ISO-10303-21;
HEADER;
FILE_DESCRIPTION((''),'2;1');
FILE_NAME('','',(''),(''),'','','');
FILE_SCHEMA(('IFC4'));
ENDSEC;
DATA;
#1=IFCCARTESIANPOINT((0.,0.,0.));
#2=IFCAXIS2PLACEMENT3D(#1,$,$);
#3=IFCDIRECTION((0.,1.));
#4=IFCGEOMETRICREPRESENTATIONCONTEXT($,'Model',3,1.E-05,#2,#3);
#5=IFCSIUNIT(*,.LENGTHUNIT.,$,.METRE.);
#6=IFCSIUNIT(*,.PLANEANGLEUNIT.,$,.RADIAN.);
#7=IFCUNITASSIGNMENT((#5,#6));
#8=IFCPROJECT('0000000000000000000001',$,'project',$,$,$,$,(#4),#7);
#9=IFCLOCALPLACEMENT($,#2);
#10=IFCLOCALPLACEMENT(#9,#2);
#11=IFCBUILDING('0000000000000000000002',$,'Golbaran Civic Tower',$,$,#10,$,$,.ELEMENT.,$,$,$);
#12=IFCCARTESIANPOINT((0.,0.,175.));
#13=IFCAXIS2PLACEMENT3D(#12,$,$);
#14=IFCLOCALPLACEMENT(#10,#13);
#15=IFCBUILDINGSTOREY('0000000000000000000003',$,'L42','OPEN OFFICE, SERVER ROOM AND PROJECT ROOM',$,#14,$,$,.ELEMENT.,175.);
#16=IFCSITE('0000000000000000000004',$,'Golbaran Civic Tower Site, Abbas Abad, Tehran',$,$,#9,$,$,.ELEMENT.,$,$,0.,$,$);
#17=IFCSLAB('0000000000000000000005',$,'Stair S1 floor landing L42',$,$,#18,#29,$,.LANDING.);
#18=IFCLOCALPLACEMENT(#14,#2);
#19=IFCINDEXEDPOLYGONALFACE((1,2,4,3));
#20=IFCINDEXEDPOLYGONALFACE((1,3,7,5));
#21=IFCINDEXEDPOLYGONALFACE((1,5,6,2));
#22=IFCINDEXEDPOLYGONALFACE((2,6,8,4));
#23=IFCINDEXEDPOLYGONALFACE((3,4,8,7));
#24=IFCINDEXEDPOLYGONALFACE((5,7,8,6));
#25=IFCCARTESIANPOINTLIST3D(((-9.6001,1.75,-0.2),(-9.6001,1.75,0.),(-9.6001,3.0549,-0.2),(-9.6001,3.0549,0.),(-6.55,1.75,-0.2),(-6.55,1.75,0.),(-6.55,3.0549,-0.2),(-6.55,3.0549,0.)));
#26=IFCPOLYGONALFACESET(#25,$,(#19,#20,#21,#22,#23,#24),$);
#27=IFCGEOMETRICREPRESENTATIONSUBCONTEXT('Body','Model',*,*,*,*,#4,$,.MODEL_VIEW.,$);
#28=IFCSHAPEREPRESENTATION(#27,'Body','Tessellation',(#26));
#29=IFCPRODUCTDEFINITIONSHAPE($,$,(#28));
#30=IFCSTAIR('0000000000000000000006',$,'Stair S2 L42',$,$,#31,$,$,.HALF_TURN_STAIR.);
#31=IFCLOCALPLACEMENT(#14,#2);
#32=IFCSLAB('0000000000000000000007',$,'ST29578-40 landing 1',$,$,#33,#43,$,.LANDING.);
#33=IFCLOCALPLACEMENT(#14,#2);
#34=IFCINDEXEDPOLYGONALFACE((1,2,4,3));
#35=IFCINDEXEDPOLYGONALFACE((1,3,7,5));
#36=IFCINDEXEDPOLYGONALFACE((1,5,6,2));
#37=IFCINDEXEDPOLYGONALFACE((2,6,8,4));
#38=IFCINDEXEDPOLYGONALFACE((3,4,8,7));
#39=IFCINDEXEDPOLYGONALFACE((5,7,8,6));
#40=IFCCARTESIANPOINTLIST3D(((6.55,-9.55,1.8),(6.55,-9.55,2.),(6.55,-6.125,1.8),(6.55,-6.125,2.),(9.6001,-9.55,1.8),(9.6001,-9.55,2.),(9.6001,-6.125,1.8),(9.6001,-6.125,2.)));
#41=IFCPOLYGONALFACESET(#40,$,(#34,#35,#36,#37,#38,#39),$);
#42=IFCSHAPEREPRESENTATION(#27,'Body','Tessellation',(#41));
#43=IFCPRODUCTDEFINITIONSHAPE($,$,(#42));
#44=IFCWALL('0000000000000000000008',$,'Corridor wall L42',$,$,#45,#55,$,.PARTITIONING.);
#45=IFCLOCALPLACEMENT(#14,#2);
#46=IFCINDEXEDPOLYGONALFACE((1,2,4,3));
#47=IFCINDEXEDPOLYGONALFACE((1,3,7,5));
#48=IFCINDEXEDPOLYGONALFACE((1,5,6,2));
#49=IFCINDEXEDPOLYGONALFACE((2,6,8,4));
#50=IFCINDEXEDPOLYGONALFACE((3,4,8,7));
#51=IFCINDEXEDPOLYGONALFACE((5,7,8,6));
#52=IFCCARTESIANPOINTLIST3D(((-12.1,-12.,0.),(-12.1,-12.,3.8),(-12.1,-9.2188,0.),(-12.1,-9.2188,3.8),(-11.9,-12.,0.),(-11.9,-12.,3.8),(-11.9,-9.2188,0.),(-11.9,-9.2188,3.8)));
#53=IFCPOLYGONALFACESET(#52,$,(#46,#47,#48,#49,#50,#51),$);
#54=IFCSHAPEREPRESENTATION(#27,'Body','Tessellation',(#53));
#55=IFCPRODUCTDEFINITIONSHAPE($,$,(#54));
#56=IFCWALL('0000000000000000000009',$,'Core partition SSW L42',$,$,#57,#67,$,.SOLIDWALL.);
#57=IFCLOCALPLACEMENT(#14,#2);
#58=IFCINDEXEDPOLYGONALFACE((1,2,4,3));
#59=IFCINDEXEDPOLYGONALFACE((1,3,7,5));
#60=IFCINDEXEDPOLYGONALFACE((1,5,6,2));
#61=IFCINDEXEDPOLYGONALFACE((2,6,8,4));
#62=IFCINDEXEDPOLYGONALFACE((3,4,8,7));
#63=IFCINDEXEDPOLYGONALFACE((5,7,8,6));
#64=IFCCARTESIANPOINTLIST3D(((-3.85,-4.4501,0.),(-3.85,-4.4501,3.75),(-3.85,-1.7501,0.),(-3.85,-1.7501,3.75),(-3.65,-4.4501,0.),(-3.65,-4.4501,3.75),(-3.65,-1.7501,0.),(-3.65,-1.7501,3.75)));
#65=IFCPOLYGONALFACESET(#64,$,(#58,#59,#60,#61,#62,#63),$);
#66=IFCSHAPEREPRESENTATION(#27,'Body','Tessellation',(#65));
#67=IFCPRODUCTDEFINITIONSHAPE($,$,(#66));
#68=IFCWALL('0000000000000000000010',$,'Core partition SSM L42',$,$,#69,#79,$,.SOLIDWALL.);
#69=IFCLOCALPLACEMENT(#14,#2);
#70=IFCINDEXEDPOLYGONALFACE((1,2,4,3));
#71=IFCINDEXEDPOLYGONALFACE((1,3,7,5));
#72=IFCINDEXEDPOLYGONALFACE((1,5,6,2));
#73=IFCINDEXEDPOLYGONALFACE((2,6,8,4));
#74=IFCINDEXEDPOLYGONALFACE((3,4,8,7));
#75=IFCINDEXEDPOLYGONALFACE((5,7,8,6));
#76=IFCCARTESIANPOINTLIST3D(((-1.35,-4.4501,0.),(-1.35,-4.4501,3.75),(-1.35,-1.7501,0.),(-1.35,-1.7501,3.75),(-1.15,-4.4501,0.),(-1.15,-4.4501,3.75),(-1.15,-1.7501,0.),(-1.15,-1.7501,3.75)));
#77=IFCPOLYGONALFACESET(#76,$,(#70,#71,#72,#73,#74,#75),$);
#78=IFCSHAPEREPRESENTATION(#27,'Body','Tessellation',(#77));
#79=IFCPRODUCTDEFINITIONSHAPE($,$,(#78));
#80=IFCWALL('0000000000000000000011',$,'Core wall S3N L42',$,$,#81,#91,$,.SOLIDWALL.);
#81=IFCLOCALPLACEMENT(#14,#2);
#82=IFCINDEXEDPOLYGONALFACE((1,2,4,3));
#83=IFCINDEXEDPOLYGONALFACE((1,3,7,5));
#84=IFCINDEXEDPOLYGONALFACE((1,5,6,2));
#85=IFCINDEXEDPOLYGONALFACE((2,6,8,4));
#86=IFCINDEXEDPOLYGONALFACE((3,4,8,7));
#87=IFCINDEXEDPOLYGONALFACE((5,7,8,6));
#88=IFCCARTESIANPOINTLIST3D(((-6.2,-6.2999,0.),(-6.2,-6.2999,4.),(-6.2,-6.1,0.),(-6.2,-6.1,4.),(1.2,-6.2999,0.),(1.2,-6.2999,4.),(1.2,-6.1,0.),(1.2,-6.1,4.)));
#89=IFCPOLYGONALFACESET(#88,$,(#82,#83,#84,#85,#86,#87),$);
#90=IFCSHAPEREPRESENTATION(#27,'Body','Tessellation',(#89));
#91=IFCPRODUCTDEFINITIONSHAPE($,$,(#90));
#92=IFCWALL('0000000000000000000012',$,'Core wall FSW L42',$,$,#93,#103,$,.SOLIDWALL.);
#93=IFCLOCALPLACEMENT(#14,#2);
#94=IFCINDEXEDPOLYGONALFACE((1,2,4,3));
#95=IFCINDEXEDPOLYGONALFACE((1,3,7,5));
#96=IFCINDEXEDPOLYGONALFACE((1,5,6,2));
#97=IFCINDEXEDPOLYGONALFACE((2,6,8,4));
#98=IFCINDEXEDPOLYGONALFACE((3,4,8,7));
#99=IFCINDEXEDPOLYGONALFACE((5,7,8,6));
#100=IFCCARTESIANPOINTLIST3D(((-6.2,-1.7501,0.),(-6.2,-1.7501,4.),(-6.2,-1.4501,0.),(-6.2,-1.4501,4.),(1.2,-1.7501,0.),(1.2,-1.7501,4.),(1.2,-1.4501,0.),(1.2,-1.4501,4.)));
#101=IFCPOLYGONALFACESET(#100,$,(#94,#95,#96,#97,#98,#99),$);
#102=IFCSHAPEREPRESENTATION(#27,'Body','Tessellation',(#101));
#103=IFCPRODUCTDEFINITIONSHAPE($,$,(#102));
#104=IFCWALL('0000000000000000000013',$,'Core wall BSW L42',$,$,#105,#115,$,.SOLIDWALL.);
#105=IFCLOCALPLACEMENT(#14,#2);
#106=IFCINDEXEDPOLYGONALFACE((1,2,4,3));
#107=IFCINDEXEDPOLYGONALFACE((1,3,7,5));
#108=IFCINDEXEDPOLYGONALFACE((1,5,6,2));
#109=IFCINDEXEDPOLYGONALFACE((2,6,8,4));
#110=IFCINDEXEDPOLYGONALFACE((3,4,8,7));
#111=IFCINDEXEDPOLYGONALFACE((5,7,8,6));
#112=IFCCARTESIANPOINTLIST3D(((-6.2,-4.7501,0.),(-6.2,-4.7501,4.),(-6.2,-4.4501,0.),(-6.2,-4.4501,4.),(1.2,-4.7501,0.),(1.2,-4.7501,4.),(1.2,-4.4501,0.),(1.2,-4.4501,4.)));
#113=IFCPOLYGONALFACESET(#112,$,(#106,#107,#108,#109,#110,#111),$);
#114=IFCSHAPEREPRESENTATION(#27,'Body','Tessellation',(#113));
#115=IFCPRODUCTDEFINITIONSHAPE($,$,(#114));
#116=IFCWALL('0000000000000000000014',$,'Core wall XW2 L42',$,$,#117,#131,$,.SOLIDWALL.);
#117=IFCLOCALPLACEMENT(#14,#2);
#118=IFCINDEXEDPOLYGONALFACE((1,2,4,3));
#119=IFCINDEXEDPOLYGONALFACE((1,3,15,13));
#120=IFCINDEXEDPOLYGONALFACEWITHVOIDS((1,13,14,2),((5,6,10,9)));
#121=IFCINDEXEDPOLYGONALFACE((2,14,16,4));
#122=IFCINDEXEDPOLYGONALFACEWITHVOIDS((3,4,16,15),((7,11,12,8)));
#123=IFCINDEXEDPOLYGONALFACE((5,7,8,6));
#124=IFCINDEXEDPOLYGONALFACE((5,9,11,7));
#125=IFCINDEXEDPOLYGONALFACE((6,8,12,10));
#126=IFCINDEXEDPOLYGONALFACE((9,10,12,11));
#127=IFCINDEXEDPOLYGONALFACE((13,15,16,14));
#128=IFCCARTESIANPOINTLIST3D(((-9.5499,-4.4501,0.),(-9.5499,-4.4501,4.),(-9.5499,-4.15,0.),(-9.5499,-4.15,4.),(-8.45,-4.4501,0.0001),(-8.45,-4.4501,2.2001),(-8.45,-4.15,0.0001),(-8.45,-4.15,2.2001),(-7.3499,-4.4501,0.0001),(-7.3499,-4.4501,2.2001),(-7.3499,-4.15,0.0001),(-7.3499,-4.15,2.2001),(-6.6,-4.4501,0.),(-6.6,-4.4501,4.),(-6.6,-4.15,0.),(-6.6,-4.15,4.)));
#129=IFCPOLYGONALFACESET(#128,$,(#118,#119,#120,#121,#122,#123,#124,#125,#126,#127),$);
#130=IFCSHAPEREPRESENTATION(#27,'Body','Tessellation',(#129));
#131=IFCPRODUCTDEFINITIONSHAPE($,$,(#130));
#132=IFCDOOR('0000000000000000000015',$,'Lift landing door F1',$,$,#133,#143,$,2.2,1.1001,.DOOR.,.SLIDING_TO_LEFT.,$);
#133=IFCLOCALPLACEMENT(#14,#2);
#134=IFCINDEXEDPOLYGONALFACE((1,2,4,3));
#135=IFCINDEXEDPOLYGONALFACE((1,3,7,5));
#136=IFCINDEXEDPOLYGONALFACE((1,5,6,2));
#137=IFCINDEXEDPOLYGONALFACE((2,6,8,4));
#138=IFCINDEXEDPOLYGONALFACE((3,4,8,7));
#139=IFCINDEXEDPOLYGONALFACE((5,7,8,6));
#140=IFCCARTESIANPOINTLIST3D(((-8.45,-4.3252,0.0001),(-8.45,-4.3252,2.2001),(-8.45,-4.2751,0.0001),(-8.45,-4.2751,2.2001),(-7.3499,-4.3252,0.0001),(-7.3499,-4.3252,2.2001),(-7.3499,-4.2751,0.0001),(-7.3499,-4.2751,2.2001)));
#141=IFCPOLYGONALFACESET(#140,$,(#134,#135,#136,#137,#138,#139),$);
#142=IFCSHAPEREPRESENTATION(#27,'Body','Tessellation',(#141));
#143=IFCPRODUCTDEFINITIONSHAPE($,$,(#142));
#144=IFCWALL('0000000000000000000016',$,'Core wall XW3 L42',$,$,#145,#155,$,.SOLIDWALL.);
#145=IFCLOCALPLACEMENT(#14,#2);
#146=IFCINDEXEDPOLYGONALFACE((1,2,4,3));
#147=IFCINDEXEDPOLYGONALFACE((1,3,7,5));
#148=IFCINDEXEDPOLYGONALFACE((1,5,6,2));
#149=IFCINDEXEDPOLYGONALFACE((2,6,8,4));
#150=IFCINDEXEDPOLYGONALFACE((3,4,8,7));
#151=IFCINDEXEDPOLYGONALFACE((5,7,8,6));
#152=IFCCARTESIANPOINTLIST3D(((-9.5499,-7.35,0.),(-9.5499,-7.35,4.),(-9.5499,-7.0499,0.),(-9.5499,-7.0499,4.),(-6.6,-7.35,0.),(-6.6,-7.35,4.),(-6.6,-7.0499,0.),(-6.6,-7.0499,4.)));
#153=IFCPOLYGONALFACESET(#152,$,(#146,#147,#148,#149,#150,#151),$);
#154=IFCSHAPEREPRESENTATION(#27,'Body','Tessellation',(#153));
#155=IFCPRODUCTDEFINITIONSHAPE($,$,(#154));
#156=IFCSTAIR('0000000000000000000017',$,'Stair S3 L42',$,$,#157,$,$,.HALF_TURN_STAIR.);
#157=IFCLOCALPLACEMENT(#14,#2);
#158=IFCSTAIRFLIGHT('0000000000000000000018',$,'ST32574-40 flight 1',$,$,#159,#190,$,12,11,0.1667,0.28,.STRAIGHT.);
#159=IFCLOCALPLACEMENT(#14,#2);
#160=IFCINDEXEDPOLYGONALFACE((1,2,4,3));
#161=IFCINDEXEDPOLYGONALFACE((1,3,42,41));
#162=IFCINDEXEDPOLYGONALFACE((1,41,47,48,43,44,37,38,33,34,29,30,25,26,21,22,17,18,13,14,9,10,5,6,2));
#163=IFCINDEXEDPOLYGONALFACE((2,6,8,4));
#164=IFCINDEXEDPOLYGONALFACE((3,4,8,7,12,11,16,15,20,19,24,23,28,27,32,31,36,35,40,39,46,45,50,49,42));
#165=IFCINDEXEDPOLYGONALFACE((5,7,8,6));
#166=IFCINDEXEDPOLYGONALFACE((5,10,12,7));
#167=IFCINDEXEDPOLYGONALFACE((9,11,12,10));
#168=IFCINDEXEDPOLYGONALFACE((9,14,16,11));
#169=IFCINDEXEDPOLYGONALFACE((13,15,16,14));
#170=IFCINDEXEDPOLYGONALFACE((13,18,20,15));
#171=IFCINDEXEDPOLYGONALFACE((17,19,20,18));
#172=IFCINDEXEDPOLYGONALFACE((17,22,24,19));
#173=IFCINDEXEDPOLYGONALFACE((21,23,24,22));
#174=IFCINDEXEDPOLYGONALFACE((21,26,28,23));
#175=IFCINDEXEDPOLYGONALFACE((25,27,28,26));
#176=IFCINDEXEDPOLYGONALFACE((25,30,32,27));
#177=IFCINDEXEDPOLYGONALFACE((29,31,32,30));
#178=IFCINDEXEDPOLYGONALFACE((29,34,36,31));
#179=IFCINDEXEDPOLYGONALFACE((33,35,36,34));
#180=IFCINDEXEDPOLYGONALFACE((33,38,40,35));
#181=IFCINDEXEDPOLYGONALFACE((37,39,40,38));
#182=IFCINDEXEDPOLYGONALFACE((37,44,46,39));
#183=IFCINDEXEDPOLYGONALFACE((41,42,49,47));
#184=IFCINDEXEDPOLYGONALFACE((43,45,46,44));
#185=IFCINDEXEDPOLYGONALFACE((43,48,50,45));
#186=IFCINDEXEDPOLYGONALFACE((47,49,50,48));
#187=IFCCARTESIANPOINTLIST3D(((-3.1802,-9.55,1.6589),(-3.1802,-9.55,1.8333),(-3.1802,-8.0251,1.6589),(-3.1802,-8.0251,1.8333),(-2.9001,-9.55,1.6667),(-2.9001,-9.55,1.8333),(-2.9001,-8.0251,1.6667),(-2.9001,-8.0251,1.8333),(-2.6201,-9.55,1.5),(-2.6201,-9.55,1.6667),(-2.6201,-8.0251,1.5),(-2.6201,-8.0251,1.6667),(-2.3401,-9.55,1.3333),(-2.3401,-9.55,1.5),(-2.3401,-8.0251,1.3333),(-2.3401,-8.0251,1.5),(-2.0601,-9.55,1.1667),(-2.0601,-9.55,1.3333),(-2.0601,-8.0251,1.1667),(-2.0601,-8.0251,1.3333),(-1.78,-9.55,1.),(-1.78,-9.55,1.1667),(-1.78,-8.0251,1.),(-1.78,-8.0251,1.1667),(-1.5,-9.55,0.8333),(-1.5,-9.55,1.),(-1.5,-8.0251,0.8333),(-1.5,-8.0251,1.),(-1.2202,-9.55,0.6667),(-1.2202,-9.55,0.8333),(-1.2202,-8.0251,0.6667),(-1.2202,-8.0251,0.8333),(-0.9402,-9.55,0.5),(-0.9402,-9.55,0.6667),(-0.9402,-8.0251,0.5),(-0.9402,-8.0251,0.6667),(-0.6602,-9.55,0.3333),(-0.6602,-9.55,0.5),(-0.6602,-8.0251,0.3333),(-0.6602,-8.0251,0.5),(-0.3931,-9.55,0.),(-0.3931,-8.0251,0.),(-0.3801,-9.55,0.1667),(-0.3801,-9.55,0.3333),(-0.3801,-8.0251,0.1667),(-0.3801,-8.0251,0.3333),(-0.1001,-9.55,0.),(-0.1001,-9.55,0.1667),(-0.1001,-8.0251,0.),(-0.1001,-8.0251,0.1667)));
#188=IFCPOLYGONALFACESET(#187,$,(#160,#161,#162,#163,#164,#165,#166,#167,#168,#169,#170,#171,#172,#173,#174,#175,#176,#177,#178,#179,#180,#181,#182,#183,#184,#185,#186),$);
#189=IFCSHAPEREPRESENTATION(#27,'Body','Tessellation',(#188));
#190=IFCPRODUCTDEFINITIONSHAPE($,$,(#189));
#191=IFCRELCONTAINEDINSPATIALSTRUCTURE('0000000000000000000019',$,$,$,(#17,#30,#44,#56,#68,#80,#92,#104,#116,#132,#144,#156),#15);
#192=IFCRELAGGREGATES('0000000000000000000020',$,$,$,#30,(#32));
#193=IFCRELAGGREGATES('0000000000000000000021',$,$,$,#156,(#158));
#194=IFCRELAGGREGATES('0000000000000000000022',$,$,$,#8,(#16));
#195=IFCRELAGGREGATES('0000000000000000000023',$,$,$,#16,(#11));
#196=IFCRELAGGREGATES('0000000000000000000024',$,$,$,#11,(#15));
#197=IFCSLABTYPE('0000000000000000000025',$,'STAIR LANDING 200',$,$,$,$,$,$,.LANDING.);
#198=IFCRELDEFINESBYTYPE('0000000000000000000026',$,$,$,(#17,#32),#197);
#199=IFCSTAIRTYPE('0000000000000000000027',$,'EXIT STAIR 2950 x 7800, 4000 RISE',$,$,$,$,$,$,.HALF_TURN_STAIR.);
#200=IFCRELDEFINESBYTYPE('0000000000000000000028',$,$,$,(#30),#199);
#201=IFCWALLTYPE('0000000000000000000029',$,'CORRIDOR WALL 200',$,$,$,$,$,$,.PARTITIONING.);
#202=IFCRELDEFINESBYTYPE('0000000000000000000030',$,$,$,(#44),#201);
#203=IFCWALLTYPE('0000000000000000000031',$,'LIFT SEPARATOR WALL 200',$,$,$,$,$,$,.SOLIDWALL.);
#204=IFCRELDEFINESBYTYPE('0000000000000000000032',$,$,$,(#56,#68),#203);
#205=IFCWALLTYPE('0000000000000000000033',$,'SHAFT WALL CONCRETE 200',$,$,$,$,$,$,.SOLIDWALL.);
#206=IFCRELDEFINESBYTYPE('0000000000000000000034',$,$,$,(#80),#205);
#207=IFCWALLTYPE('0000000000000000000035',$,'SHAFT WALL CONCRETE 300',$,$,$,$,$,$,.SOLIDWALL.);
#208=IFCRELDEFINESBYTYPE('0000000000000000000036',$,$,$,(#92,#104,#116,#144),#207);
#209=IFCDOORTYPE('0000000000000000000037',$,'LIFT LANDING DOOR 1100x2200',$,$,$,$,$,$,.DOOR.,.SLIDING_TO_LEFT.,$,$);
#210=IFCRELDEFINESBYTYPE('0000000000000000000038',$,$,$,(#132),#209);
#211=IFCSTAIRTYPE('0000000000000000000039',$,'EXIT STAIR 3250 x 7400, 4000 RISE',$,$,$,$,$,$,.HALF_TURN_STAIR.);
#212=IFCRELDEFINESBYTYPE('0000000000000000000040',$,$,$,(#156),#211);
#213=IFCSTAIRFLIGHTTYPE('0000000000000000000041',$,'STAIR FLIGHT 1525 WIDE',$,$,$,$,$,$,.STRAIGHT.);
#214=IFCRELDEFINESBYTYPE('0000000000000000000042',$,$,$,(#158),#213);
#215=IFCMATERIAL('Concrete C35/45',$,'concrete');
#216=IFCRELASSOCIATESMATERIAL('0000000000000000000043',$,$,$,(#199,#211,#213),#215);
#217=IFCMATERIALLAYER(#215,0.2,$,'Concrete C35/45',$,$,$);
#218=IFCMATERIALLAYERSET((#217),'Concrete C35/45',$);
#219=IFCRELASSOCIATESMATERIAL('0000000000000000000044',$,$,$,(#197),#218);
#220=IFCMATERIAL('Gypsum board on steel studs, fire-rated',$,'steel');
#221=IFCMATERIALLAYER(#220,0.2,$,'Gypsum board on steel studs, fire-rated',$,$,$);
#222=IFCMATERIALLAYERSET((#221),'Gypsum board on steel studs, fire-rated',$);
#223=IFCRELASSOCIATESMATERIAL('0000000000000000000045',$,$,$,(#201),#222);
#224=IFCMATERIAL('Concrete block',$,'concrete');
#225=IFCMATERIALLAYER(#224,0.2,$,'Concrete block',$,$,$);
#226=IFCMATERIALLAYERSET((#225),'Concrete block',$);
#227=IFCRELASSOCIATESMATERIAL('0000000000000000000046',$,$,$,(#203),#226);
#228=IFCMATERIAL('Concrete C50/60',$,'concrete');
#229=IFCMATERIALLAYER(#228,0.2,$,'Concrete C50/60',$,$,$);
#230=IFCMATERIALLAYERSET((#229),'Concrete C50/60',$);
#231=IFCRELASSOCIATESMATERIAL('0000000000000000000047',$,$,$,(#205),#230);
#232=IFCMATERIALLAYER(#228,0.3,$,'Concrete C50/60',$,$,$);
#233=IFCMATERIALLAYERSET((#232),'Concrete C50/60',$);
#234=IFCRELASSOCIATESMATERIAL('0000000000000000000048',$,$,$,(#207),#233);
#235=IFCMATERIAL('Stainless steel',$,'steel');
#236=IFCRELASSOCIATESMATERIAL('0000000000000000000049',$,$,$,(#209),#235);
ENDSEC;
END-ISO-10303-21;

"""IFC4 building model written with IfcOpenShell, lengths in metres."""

from ifc_helpers import new_model, si_unit, direction, frame, frame_2d, origin, place, context, subcontext, project, spatial, polyline, rectangle, outline, extrude, material, layer, layer_set, type_object, element, fill, aggregate, save


model = new_model("IFC4")

# Units and contexts
model_context = context("Model", 3, precision=1e-05, world=origin(), true_north=direction((0.0, 1.0)))
body_context = subcontext(model_context, "Body", "Model", "MODEL_VIEW")
ifc_project = project(units=[si_unit("LENGTHUNIT", "METRE"), si_unit("PLANEANGLEUNIT", "RADIAN")], contexts=[model_context])

# Site, building, storey
site_placement = place(None, origin())
site = spatial("IfcSite", under=ifc_project, at=site_placement, Name="Golbaran Civic Tower Site, Abbas Abad, Tehran", CompositionType="ELEMENT", RefElevation=0.0)
building_placement = place(site_placement, origin())
building = spatial("IfcBuilding", under=site, at=building_placement, Name="Golbaran Civic Tower", CompositionType="ELEMENT")
storey_placement = place(building_placement, frame((0.0, 0.0, 175.0)))
storey = spatial("IfcBuildingStorey", under=building, at=storey_placement, Name="L42", Description="OPEN OFFICE, SERVER ROOM AND PROJECT ROOM", CompositionType="ELEMENT", Elevation=175.0)

# Shared definitions
ifc_material_1 = material(Name="Concrete C35/45", Category="concrete")

# Shared definitions
stair_type_1 = type_object("IfcStairType", Name="EXIT STAIR 2950 x 7800, 4000 RISE", PredefinedType="HALF_TURN_STAIR", material=ifc_material_1)
ifc_layer_1 = layer(ifc_material_1, 0.2, Name="Concrete C35/45")
ifc_layer_set_1 = layer_set([ifc_layer_1], Name="Concrete C35/45")
slab_type_1 = type_object("IfcSlabType", Name="STAIR LANDING 200", PredefinedType="LANDING", material=ifc_layer_set_1)

# Slab
slab_1_placement = place(storey_placement, frame((0.0, 0.0, -0.2)))
element("IfcSlab", 1, at=slab_1_placement, inside=storey, type_object=slab_type_1, Name="Stair S1 floor landing L42", PredefinedType="LANDING", context=body_context, shape_type="SweptSolid", body=[
    extrude(outline(polyline([(-9.6001, 1.75), (-9.6001, 3.0549), (-6.55, 3.0549), (-6.55, 1.75), (-9.6001, 1.75)])), origin(), (0.0, 0.0, 1.0), 0.2),
])

# Stair, slab
stair_1_placement = place(storey_placement, origin())
stair_1 = element("IfcStair", 2, at=stair_1_placement, inside=storey, type_object=stair_type_1, Name="Stair S2 L42", PredefinedType="HALF_TURN_STAIR")
slab_2_placement = place(storey_placement, frame((0.0, 0.0, 1.8)))
slab_2 = element("IfcSlab", 3, at=slab_2_placement, type_object=slab_type_1, Name="ST29578-40 landing 1", PredefinedType="LANDING", context=body_context, shape_type="SweptSolid", body=[
    extrude(outline(polyline([(9.6001, -6.125), (9.6001, -9.55), (6.55, -9.55), (6.55, -6.125), (9.6001, -6.125)])), origin(), (0.0, 0.0, 1.0), 0.2),
])
aggregate(stair_1, [slab_2])

# Walls
ifc_material_2 = material(Name="Gypsum board on steel studs, fire-rated", Category="steel")
ifc_layer_2 = layer(ifc_material_2, 0.2, Name="Gypsum board on steel studs, fire-rated")
ifc_layer_set_2 = layer_set([ifc_layer_2], Name="Gypsum board on steel studs, fire-rated")
wall_type_1 = type_object("IfcWallType", Name="CORRIDOR WALL 200", PredefinedType="PARTITIONING", material=ifc_layer_set_2)
wall_1_placement = place(storey_placement, frame((-12.0, -9.2188, 0.0), z_axis=(0.0, 0.0, 1.0), x_axis=(0.0, -1.0, 0.0)))
element("IfcWall", 4, at=wall_1_placement, inside=storey, type_object=wall_type_1, Name="Corridor wall L42", PredefinedType="PARTITIONING", context=body_context, shape_type="SweptSolid", body=[
    extrude(rectangle(XDim=2.7812, YDim=0.2, at=frame_2d((1.3906, 0.0))), origin(), (0.0, 0.0, 1.0), 3.8),
])
ifc_material_3 = material(Name="Concrete block", Category="concrete")
ifc_layer_3 = layer(ifc_material_3, 0.2, Name="Concrete block")
ifc_layer_set_3 = layer_set([ifc_layer_3], Name="Concrete block")
wall_type_2 = type_object("IfcWallType", Name="LIFT SEPARATOR WALL 200", PredefinedType="SOLIDWALL", material=ifc_layer_set_3)
for number, where, z_axis, x_axis, name in (
    (5, (-3.75, -1.75, 0.0), (0.0, 0.0, 1.0), (0.0, -1.0, 0.0), "Core partition SSW L42"),
    (6, (-1.25, -1.75, 0.0), (0.0, 0.0, 1.0), (0.0, -1.0, 0.0), "Core partition SSM L42"),
):
    element("IfcWall", number, at=place(storey_placement, frame(where, z_axis=z_axis, x_axis=x_axis)), inside=storey, type_object=wall_type_2, Name=name, PredefinedType="SOLIDWALL", context=body_context, shape_type="SweptSolid", body=[
        extrude(rectangle(XDim=2.7, YDim=0.2, at=frame_2d((1.3501, 0.0))), origin(), (0.0, 0.0, 1.0), 3.75),
    ])
ifc_material_4 = material(Name="Concrete C50/60", Category="concrete")
ifc_layer_4 = layer(ifc_material_4, 0.2, Name="Concrete C50/60")
ifc_layer_set_4 = layer_set([ifc_layer_4], Name="Concrete C50/60")
wall_type_3 = type_object("IfcWallType", Name="SHAFT WALL CONCRETE 200", PredefinedType="SOLIDWALL", material=ifc_layer_set_4)
wall_2_placement = place(storey_placement, frame((-6.2, -6.2, 0.0), z_axis=(0.0, 0.0, 1.0), x_axis=(1.0, 0.0, 0.0)))
element("IfcWall", 7, at=wall_2_placement, inside=storey, type_object=wall_type_3, Name="Core wall S3N L42", PredefinedType="SOLIDWALL", context=body_context, shape_type="SweptSolid", body=[
    extrude(rectangle(XDim=7.3999, YDim=0.2, at=frame_2d((3.7, 0.0))), origin(), (0.0, 0.0, 1.0), 4.0),
])
ifc_layer_5 = layer(ifc_material_4, 0.3, Name="Concrete C50/60")
ifc_layer_set_5 = layer_set([ifc_layer_5], Name="Concrete C50/60")
wall_type_4 = type_object("IfcWallType", Name="SHAFT WALL CONCRETE 300", PredefinedType="SOLIDWALL", material=ifc_layer_set_5)
for number, where, z_axis, x_axis, name in (
    (8, (-6.2, -1.6001, 0.0), (0.0, 0.0, 1.0), (1.0, 0.0, 0.0), "Core wall FSW L42"),
    (9, (-6.2, -4.6001, 0.0), (0.0, 0.0, 1.0), (1.0, 0.0, 0.0), "Core wall BSW L42"),
):
    element("IfcWall", number, at=place(storey_placement, frame(where, z_axis=z_axis, x_axis=x_axis)), inside=storey, type_object=wall_type_4, Name=name, PredefinedType="SOLIDWALL", context=body_context, shape_type="SweptSolid", body=[
        extrude(rectangle(XDim=7.3999, YDim=0.3, at=frame_2d((3.7, 0.0))), origin(), (0.0, 0.0, 1.0), 4.0),
    ])

# Wall, opening, door
wall_3_placement = place(storey_placement, frame((-9.55, -4.3, 0.0), z_axis=(0.0, 0.0, 1.0), x_axis=(1.0, 0.0, 0.0)))
wall_3 = element("IfcWall", 10, at=wall_3_placement, inside=storey, type_object=wall_type_4, Name="Core wall XW2 L42", PredefinedType="SOLIDWALL", context=body_context, shape_type="SweptSolid", body=[
    extrude(rectangle(XDim=2.95, YDim=0.3, at=frame_2d((1.4751, 0.0))), origin(), (0.0, 0.0, 1.0), 4.0),
])
opening_placement = place(wall_3_placement, frame((1.1001, 0.0, 0.0)))
opening = element("IfcOpeningElement", 11, at=opening_placement, cuts=wall_3, PredefinedType="OPENING", context=body_context, shape_type="SweptSolid", body=[
    extrude(rectangle(XDim=1.1001, YDim=2.2, at=frame_2d((0.55, 1.1001))), frame((0.0, 0.1599, 0.0), z_axis=(0.0, -1.0, 0.0), x_axis=(1.0, 0.0, 0.0)), (0.0, 0.0, 1.0), 0.3201),
])
ifc_material_5 = material(Name="Stainless steel", Category="steel")
door_type = type_object("IfcDoorType", Name="LIFT LANDING DOOR 1100x2200", OperationType="SLIDING_TO_LEFT", PredefinedType="DOOR", material=ifc_material_5)
door_placement = place(opening_placement, origin())
door = element("IfcDoor", 12, at=door_placement, inside=storey, type_object=door_type, Name="Lift landing door F1", OperationType="SLIDING_TO_LEFT", OverallHeight=2.2, OverallWidth=1.1001, PredefinedType="DOOR", context=body_context, shape_type="SweptSolid", body=[
    extrude(rectangle(XDim=1.1001, YDim=2.2, at=frame_2d((0.55, 1.1001))), frame((0.0, 0.0249, 0.0), z_axis=(0.0, -1.0, 0.0), x_axis=(1.0, 0.0, 0.0)), (0.0, 0.0, 1.0), 0.05),
])
fill(opening, door)

# Wall
wall_4_placement = place(storey_placement, frame((-9.55, -7.2, 0.0), z_axis=(0.0, 0.0, 1.0), x_axis=(1.0, 0.0, 0.0)))
element("IfcWall", 13, at=wall_4_placement, inside=storey, type_object=wall_type_4, Name="Core wall XW3 L42", PredefinedType="SOLIDWALL", context=body_context, shape_type="SweptSolid", body=[
    extrude(rectangle(XDim=2.95, YDim=0.3, at=frame_2d((1.4751, 0.0))), origin(), (0.0, 0.0, 1.0), 4.0),
])

# Stair, stair flight
stair_type_2 = type_object("IfcStairType", Name="EXIT STAIR 3250 x 7400, 4000 RISE", PredefinedType="HALF_TURN_STAIR", material=ifc_material_1)
stair_2_placement = place(storey_placement, origin())
stair_2 = element("IfcStair", 14, at=stair_2_placement, inside=storey, type_object=stair_type_2, Name="Stair S3 L42", PredefinedType="HALF_TURN_STAIR")
stair_flight_type = type_object("IfcStairFlightType", Name="STAIR FLIGHT 1525 WIDE", PredefinedType="STRAIGHT", material=ifc_material_1)
stair_flight_1_placement = place(storey_placement, frame((-0.1001, -8.7876, 0.0), z_axis=(0.0, 0.0, 1.0), x_axis=(-1.0, 0.0, 0.0)))
stair_flight_1 = element("IfcStairFlight", 15, at=stair_flight_1_placement, type_object=stair_flight_type, Name="ST32574-40 flight 1", NumberOfRisers=12, NumberOfTreads=11, PredefinedType="STRAIGHT", RiserHeight=0.1667, TreadLength=0.28, context=body_context, shape_type="SweptSolid", body=[
    extrude(outline(polyline([(0.0, 0.0), (0.0, 0.1667), (0.28, 0.1667), (0.28, 0.3333), (0.5601, 0.3333), (0.5601, 0.5), (0.8401, 0.5), (0.8401, 0.6667), (1.1201, 0.6667), (1.1201, 0.8333), (1.3999, 0.8333), (1.3999, 1.0), (1.6799, 1.0), (1.6799, 1.1667), (1.96, 1.1667), (1.96, 1.3333), (2.24, 1.3333), (2.24, 1.5), (2.52, 1.5), (2.52, 1.6667), (2.8, 1.6667), (2.8, 1.8333), (3.0801, 1.8333), (3.0801, 2.0), (3.0801, 1.6589), (0.293, 0.0), (0.0, 0.0)])), frame((0.0, 0.7625, 0.0), z_axis=(0.0, -1.0, 0.0), x_axis=(1.0, 0.0, 0.0)), (0.0, 0.0, 1.0), 1.5249),
])
aggregate(stair_2, [stair_flight_1])

save(model, "model.ifc")
